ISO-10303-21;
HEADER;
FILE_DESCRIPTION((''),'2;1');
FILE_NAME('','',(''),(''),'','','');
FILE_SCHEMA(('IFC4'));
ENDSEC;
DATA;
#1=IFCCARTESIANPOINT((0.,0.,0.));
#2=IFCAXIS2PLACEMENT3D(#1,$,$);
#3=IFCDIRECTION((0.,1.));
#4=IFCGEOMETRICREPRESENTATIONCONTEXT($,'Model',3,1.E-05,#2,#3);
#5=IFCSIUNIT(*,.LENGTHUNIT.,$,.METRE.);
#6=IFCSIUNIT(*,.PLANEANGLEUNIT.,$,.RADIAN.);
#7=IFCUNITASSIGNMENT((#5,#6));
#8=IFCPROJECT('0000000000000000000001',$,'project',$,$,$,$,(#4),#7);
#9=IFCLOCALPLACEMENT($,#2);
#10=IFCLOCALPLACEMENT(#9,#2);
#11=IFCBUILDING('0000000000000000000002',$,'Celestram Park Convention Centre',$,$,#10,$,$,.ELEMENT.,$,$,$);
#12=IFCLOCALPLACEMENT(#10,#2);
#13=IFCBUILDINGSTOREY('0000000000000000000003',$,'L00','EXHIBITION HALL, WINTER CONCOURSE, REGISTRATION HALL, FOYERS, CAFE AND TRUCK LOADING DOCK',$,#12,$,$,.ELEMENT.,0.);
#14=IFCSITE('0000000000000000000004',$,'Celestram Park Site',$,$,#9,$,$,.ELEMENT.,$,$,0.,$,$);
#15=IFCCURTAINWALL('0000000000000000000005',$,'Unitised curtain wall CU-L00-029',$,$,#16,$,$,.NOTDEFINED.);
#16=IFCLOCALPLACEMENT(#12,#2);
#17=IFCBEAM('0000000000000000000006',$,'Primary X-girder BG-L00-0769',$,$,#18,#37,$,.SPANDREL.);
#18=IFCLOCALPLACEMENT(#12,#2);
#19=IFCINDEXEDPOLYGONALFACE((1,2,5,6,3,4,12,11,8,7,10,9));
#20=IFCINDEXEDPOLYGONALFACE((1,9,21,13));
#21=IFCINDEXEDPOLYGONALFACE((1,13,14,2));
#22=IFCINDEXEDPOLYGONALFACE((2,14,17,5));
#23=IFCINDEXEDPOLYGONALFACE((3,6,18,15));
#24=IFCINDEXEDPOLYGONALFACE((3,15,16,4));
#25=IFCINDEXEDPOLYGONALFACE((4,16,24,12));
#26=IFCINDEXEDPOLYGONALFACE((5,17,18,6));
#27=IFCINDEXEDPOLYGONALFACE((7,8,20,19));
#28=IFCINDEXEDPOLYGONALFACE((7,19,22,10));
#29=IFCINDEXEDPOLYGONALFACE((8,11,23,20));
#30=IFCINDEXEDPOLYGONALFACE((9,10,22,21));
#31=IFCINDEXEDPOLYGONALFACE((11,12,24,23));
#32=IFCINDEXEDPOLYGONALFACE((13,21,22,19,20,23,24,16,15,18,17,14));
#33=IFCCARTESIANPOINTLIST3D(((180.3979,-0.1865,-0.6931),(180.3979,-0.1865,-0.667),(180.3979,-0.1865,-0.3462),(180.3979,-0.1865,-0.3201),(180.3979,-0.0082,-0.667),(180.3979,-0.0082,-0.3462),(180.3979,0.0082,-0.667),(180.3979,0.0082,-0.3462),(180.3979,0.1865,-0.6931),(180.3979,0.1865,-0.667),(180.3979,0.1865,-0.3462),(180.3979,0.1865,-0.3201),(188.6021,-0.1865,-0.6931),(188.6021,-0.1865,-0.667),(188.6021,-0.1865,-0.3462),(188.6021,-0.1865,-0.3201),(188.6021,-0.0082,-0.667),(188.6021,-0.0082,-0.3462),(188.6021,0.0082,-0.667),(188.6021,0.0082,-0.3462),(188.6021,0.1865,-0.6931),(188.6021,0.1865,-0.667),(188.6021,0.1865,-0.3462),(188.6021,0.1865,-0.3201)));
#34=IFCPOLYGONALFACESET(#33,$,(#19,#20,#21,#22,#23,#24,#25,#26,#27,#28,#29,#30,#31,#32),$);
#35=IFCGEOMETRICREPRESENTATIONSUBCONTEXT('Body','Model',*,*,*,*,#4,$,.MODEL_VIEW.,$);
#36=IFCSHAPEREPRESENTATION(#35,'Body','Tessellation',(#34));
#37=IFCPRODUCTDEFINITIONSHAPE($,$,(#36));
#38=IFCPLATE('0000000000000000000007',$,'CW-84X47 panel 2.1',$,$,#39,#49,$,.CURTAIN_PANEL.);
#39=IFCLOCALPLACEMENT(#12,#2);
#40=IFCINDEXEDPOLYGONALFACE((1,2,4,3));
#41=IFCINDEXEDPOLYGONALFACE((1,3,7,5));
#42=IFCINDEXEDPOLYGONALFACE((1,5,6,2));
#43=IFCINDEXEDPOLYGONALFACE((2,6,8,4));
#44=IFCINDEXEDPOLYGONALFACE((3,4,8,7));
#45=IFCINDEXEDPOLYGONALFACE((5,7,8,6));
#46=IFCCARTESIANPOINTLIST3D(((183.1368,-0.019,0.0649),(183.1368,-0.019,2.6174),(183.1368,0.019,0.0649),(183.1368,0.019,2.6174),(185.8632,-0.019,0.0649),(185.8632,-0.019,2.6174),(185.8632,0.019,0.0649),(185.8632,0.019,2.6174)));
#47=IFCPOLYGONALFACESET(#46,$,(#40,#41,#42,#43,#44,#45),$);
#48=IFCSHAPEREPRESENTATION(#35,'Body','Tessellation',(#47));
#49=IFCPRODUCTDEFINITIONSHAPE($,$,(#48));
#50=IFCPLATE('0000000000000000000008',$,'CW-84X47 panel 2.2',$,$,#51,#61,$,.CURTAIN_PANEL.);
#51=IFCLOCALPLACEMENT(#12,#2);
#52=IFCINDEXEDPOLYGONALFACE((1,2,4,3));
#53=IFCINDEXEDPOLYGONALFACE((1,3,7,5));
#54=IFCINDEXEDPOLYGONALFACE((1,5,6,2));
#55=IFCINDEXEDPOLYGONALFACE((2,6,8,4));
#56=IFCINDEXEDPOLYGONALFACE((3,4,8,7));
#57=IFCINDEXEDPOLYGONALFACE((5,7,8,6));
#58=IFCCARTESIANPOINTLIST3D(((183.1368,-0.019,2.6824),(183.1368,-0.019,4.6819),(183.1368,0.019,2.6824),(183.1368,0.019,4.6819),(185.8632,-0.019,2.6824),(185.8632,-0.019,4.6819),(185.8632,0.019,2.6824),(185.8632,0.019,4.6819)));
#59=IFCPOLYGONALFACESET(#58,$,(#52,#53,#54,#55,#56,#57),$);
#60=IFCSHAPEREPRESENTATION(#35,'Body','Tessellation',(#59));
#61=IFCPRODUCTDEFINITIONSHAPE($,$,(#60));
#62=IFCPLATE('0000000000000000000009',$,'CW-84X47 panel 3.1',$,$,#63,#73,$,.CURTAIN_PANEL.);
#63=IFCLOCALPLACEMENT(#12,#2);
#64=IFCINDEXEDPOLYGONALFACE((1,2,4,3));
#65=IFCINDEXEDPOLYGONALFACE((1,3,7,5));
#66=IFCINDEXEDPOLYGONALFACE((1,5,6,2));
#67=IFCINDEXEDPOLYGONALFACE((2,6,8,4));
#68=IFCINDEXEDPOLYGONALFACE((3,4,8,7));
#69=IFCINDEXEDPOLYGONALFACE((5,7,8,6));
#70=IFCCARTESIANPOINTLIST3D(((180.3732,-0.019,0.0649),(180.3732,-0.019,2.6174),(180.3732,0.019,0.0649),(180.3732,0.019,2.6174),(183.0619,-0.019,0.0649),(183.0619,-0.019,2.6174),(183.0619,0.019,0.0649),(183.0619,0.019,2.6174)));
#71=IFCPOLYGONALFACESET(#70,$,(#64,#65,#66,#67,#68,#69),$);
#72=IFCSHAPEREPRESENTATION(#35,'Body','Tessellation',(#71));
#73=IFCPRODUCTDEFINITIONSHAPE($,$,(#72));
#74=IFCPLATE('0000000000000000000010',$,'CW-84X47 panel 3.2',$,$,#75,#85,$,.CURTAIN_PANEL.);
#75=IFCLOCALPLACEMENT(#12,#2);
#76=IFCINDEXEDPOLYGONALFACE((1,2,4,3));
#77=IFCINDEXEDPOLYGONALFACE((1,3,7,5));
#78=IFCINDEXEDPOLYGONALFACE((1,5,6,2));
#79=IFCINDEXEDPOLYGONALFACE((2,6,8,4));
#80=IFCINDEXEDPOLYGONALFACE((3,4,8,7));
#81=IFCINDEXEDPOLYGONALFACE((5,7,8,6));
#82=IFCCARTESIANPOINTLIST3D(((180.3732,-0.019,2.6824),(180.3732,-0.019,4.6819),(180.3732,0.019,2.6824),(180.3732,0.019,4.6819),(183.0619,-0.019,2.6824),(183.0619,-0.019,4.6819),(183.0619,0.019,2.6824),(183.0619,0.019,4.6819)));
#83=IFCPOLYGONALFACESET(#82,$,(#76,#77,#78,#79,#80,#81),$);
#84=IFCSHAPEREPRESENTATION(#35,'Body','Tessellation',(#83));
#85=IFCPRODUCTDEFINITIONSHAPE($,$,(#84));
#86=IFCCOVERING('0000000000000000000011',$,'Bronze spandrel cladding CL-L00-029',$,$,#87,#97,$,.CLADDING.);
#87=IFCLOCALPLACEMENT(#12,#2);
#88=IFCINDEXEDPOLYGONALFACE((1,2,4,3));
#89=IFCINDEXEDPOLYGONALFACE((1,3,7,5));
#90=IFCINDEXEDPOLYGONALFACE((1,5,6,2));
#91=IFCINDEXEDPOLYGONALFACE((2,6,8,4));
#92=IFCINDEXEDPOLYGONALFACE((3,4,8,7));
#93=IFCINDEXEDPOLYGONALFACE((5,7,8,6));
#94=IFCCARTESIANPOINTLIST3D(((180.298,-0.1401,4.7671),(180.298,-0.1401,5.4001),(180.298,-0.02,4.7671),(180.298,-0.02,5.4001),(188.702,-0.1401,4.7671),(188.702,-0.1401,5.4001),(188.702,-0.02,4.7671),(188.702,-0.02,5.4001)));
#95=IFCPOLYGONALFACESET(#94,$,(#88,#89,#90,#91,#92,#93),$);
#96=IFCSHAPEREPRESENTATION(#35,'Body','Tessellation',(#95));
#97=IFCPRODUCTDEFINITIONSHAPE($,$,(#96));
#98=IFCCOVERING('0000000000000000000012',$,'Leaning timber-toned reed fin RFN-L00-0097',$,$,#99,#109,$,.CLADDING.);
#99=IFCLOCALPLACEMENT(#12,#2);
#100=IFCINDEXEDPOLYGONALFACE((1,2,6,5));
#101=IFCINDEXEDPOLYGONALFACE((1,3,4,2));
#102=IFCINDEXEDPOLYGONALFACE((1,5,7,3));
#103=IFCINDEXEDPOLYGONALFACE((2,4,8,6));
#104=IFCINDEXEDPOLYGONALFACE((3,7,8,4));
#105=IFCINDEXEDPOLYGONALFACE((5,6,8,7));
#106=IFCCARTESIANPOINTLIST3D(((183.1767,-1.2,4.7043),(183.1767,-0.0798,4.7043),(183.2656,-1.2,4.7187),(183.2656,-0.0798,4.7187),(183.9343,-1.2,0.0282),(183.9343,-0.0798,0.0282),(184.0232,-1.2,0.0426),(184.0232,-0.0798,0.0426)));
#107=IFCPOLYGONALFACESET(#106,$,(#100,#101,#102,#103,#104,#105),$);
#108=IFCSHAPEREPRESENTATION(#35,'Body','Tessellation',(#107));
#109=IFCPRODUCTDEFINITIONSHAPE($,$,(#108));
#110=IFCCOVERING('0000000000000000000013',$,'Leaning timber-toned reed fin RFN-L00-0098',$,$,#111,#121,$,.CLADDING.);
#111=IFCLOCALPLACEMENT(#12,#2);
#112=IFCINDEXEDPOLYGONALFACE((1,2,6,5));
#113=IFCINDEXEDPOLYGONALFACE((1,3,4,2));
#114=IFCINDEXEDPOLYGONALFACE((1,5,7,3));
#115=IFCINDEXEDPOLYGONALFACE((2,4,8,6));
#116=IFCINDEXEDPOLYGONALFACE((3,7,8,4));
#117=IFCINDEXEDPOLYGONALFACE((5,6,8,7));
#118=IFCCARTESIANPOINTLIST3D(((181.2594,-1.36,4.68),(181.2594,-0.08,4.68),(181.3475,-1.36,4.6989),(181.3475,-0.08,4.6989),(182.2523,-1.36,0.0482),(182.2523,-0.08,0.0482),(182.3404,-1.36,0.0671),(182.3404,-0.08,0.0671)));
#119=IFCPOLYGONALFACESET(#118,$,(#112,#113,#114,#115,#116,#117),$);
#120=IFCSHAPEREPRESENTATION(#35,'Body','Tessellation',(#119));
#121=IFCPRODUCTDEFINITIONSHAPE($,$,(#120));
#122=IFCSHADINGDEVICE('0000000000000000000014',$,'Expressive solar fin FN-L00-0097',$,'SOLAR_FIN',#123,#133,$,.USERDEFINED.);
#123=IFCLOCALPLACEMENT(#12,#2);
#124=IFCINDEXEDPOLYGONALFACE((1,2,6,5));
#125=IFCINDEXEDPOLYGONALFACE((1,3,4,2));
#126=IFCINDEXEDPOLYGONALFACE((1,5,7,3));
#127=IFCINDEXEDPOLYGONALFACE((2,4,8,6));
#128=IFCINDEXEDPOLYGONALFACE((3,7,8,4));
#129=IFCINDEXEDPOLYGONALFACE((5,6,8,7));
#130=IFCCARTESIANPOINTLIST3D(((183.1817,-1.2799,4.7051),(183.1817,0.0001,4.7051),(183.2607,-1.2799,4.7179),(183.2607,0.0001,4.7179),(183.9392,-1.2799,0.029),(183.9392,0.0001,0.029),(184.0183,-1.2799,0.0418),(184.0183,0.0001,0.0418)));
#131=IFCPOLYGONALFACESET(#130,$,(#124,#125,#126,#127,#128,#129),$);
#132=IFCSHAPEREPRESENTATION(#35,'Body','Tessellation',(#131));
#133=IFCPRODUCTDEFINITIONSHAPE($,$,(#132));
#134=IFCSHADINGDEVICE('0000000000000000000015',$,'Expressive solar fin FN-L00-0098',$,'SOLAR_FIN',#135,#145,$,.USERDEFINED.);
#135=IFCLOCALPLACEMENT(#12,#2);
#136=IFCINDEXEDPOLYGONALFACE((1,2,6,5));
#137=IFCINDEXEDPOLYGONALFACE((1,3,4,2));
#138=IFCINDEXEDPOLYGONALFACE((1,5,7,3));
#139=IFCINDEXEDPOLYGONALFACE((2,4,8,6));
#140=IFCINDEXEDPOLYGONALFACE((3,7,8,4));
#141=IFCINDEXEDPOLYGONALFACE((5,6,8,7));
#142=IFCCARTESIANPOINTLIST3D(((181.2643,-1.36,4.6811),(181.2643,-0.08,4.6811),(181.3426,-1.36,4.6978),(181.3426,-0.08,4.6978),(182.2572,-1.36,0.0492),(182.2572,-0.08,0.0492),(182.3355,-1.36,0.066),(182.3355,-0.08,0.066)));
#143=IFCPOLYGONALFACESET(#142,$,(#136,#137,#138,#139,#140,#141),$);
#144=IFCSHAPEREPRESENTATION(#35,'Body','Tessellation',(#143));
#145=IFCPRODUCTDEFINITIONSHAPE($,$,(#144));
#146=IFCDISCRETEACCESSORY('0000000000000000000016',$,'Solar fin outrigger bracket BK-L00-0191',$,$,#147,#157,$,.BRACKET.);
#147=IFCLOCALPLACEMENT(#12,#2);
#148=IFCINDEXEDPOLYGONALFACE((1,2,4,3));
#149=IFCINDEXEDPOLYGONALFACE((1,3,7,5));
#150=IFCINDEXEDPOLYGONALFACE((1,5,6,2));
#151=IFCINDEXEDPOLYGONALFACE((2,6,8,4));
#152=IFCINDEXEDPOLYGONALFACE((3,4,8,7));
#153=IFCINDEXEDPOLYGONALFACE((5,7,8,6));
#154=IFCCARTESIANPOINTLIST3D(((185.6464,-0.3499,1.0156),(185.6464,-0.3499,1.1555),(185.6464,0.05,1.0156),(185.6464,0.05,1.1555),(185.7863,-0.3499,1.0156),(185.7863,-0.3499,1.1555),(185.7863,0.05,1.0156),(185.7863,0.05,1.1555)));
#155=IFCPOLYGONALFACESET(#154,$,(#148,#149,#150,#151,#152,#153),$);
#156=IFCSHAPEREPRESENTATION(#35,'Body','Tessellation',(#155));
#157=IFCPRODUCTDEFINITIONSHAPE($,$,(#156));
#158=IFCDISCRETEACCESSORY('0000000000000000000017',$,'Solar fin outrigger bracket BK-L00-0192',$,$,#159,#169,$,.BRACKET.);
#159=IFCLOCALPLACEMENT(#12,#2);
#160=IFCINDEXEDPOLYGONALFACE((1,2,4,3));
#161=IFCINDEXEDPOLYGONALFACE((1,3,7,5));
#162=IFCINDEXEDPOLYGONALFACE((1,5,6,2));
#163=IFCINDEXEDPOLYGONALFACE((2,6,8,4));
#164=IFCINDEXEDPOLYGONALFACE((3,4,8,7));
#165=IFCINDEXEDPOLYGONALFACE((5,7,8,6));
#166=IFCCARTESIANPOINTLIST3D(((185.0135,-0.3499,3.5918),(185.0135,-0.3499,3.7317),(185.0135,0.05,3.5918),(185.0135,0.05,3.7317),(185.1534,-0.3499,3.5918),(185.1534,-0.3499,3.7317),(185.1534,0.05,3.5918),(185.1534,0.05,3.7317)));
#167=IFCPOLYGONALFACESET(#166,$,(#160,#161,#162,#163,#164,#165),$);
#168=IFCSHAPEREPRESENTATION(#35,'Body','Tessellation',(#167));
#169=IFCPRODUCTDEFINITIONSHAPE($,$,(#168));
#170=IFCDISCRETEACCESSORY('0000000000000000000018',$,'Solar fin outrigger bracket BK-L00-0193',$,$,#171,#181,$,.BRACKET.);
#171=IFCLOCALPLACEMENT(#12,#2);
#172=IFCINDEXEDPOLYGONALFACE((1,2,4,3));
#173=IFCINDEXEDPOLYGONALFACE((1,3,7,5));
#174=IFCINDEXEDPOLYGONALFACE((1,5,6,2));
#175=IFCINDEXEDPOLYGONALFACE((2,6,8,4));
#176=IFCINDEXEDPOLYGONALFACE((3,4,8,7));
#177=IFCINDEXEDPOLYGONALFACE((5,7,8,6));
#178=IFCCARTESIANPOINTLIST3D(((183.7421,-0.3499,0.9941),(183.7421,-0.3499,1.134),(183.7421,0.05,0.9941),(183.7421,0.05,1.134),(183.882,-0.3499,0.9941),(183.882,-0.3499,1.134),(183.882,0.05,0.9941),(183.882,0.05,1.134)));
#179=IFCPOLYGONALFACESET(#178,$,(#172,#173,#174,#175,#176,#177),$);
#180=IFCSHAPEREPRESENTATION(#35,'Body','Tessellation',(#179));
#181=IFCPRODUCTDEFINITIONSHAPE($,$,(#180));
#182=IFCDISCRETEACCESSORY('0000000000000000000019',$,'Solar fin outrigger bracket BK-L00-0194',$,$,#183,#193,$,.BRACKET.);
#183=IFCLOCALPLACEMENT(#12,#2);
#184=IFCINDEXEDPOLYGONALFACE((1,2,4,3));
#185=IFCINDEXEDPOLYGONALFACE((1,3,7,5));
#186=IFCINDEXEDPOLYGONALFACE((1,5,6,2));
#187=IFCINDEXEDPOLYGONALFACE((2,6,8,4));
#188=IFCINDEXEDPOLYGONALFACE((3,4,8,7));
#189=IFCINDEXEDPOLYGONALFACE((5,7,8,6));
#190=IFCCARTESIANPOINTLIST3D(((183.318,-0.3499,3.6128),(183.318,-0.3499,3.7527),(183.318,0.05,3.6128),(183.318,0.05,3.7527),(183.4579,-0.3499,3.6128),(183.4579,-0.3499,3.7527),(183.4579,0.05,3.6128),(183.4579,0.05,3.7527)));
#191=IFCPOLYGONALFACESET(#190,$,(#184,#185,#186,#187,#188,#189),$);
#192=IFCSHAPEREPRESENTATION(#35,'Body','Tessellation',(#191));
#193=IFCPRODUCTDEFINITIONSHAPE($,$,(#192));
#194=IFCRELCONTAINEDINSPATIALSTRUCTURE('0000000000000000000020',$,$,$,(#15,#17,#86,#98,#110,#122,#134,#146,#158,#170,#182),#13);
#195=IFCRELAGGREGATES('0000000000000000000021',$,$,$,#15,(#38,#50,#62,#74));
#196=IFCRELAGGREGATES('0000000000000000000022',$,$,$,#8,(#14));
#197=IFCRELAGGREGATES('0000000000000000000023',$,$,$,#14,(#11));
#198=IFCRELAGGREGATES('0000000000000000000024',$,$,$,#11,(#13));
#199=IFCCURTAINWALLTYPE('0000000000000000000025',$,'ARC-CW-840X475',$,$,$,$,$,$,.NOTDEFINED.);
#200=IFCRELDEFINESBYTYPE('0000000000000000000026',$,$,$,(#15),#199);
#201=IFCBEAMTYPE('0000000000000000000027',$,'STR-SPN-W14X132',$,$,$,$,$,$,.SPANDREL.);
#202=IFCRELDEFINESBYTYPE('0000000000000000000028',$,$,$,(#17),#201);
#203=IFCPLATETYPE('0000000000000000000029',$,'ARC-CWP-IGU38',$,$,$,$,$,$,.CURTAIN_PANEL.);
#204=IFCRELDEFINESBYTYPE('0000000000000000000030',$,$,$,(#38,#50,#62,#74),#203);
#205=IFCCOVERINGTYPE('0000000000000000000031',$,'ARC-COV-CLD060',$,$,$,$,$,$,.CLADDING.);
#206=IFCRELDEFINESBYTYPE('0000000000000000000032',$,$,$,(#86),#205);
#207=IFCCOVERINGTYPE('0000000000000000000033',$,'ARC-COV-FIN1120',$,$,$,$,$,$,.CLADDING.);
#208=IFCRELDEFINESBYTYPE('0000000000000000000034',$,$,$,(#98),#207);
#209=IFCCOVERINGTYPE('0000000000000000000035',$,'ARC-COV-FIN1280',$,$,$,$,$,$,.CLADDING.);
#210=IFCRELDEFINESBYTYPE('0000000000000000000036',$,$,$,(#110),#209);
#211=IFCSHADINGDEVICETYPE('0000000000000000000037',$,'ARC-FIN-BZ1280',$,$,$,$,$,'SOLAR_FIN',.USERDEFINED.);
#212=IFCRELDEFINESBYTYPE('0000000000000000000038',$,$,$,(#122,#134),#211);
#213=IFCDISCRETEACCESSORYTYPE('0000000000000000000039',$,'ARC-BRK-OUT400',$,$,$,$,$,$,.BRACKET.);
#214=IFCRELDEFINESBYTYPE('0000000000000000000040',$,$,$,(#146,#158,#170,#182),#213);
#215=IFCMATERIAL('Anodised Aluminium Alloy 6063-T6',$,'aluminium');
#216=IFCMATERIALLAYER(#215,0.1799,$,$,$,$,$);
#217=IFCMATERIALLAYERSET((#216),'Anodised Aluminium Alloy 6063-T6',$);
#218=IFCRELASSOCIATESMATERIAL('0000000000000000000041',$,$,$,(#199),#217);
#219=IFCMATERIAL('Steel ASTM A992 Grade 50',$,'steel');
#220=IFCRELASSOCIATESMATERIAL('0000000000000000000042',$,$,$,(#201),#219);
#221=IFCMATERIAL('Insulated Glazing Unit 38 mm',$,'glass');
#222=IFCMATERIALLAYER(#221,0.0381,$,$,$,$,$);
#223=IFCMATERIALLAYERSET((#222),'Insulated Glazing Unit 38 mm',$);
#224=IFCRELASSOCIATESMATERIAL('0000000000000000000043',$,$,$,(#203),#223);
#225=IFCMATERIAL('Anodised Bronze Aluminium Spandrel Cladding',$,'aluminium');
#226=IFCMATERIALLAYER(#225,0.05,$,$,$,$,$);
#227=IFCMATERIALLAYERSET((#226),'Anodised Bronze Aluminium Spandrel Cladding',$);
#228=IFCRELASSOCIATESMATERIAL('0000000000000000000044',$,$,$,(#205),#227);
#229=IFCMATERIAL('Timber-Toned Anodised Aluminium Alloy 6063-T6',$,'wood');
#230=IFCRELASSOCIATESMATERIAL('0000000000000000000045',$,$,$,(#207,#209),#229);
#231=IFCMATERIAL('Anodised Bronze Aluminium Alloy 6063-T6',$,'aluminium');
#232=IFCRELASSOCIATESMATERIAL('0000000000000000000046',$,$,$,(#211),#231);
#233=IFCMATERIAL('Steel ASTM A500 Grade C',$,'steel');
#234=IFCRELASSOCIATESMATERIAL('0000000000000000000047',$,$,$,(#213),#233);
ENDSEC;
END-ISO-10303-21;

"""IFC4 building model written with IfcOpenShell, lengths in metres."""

from ifc_helpers import new_model, si_unit, direction, frame, origin, origin_2d, place, context, subcontext, project, spatial, rectangle, i_section, extrude, material, layer, layer_set, material_profile, profile_set, type_object, element, aggregate, save


model = new_model("IFC4")

# Units and contexts
model_context = context("Model", 3, precision=1e-05, world=origin(), true_north=direction((0.0, 1.0)))
body_context = subcontext(model_context, "Body", "Model", "MODEL_VIEW")
ifc_project = project(units=[si_unit("LENGTHUNIT", "METRE"), si_unit("PLANEANGLEUNIT", "RADIAN")], contexts=[model_context])

# Site, building, storey
site_placement = place(None, origin())
site = spatial("IfcSite", under=ifc_project, at=site_placement, Name="Celestram Park Site", CompositionType="ELEMENT", RefElevation=0.0)
building_placement = place(site_placement, origin())
building = spatial("IfcBuilding", under=site, at=building_placement, Name="Celestram Park Convention Centre", CompositionType="ELEMENT")
storey_placement = place(building_placement, origin())
storey = spatial("IfcBuildingStorey", under=building, at=storey_placement, Name="L00", Description="EXHIBITION HALL, WINTER CONCOURSE, REGISTRATION HALL, FOYERS, CAFE AND TRUCK LOADING DOCK", CompositionType="ELEMENT", Elevation=0.0)

# Curtain wall
ifc_material_1 = material(Name="Anodised Aluminium Alloy 6063-T6", Category="aluminium")
ifc_layer_1 = layer(ifc_material_1, 0.1799)
ifc_layer_set_1 = layer_set([ifc_layer_1], Name="Anodised Aluminium Alloy 6063-T6")
curtain_wall_type = type_object("IfcCurtainWallType", Name="ARC-CW-840X475", PredefinedType="NOTDEFINED", material=ifc_layer_set_1)
curtain_wall_1_placement = place(storey_placement, origin())
curtain_wall_1 = element("IfcCurtainWall", 1, at=curtain_wall_1_placement, inside=storey, type_object=curtain_wall_type, Name="Unitised curtain wall CU-L00-029", PredefinedType="NOTDEFINED")

# Beam
ifc_material_2 = material(Name="Steel ASTM A992 Grade 50", Category="steel")
ifc_material_profile_1 = material_profile(ifc_material_2, i_section(OverallWidth=0.373, OverallDepth=0.373, WebThickness=0.0164, FlangeThickness=0.0261, at=origin_2d()), Name="W14X132")
ifc_profile_set_1 = profile_set([ifc_material_profile_1], Name="Steel ASTM A992 Grade 50")
beam_type = type_object("IfcBeamType", Name="STR-SPN-W14X132", PredefinedType="SPANDREL", material=ifc_profile_set_1)
beam_placement = place(storey_placement, frame((180.3979, 0.0, -0.5066), z_axis=(1.0, 0.0, 0.0), x_axis=(0.0, 1.0, 0.0)))
element("IfcBeam", 2, at=beam_placement, inside=storey, type_object=beam_type, Name="Primary X-girder BG-L00-0769", PredefinedType="SPANDREL", context=body_context, shape_type="SweptSolid", body=[
    extrude(i_section(OverallWidth=0.373, OverallDepth=0.373, WebThickness=0.0164, FlangeThickness=0.0261, at=origin_2d()), origin(), (0.0, 0.0, 1.0), 8.2041),
])

# Plates
ifc_material_3 = material(Name="Insulated Glazing Unit 38 mm", Category="glass")
ifc_layer_2 = layer(ifc_material_3, 0.0381)
ifc_layer_set_2 = layer_set([ifc_layer_2], Name="Insulated Glazing Unit 38 mm")
plate_type = type_object("IfcPlateType", Name="ARC-CWP-IGU38", PredefinedType="CURTAIN_PANEL", material=ifc_layer_set_2)
plate_1_placement = place(storey_placement, frame((184.5, 0.0, 0.0649), z_axis=(0.0, 0.0, 1.0), x_axis=(-1.0, 0.0, 0.0)))
plate_1 = element("IfcPlate", 3, at=plate_1_placement, type_object=plate_type, Name="CW-84X47 panel 2.1", PredefinedType="CURTAIN_PANEL", context=body_context, shape_type="SweptSolid", body=[
    extrude(rectangle(XDim=2.7263, YDim=0.0381, at=origin_2d()), origin(), (0.0, 0.0, 1.0), 2.5525),
])
plate_2_placement = place(storey_placement, frame((184.5, 0.0, 2.6824), z_axis=(0.0, 0.0, 1.0), x_axis=(-1.0, 0.0, 0.0)))
plate_2 = element("IfcPlate", 4, at=plate_2_placement, type_object=plate_type, Name="CW-84X47 panel 2.2", PredefinedType="CURTAIN_PANEL", context=body_context, shape_type="SweptSolid", body=[
    extrude(rectangle(XDim=2.7263, YDim=0.0381, at=origin_2d()), origin(), (0.0, 0.0, 1.0), 1.9995),
])
plate_3_placement = place(storey_placement, frame((181.7175, 0.0, 0.0649), z_axis=(0.0, 0.0, 1.0), x_axis=(-1.0, 0.0, 0.0)))
plate_3 = element("IfcPlate", 5, at=plate_3_placement, type_object=plate_type, Name="CW-84X47 panel 3.1", PredefinedType="CURTAIN_PANEL", context=body_context, shape_type="SweptSolid", body=[
    extrude(rectangle(XDim=2.6887, YDim=0.0381, at=origin_2d()), origin(), (0.0, 0.0, 1.0), 2.5525),
])
plate_4_placement = place(storey_placement, frame((181.7175, 0.0, 2.6824), z_axis=(0.0, 0.0, 1.0), x_axis=(-1.0, 0.0, 0.0)))
plate_4 = element("IfcPlate", 6, at=plate_4_placement, type_object=plate_type, Name="CW-84X47 panel 3.2", PredefinedType="CURTAIN_PANEL", context=body_context, shape_type="SweptSolid", body=[
    extrude(rectangle(XDim=2.6887, YDim=0.0381, at=origin_2d()), origin(), (0.0, 0.0, 1.0), 1.9995),
])
aggregate(curtain_wall_1, [plate_1, plate_2, plate_3, plate_4])

# Coverings
ifc_material_4 = material(Name="Anodised Bronze Aluminium Spandrel Cladding", Category="aluminium")
ifc_layer_3 = layer(ifc_material_4, 0.05)
ifc_layer_set_3 = layer_set([ifc_layer_3], Name="Anodised Bronze Aluminium Spandrel Cladding")
covering_type_1 = type_object("IfcCoveringType", Name="ARC-COV-CLD060", PredefinedType="CLADDING", material=ifc_layer_set_3)
covering_1_placement = place(storey_placement, frame((184.5, -0.0801, 4.7671), z_axis=(0.0, 0.0, 1.0), x_axis=(-1.0, 0.0, 0.0)))
element("IfcCovering", 7, at=covering_1_placement, inside=storey, type_object=covering_type_1, Name="Bronze spandrel cladding CL-L00-029", PredefinedType="CLADDING", context=body_context, shape_type="SweptSolid", body=[
    extrude(rectangle(XDim=8.4041, YDim=0.1201, at=origin_2d()), origin(), (0.0, 0.0, 1.0), 0.6331),
])
ifc_material_5 = material(Name="Timber-Toned Anodised Aluminium Alloy 6063-T6", Category="wood")
ifc_material_profile_2 = material_profile(ifc_material_5, rectangle(XDim=1.1201, YDim=0.0901, at=origin_2d()), Name="REED1120X90")
ifc_profile_set_2 = profile_set([ifc_material_profile_2], Name="Timber-Toned Anodised Aluminium Alloy 6063-T6")
covering_type_2 = type_object("IfcCoveringType", Name="ARC-COV-FIN1120", PredefinedType="CLADDING", material=ifc_profile_set_2)
covering_2_placement = place(storey_placement, frame((183.9788, -0.6399, 0.0354), z_axis=(-0.159926, 0.0, 0.987129), x_axis=(0.0, -1.0, 0.0)))
element("IfcCovering", 8, at=covering_2_placement, inside=storey, type_object=covering_type_2, Name="Leaning timber-toned reed fin RFN-L00-0097", PredefinedType="CLADDING", context=body_context, shape_type="SweptSolid", body=[
    extrude(rectangle(XDim=1.1201, YDim=0.0901, at=origin_2d()), origin(), (0.0, 0.0, 1.0), 4.7371),
])
ifc_material_profile_3 = material_profile(ifc_material_5, rectangle(XDim=1.28, YDim=0.0901, at=origin_2d()), Name="REED1280X90")
ifc_profile_set_3 = profile_set([ifc_material_profile_3], Name="Timber-Toned Anodised Aluminium Alloy 6063-T6")
covering_type_3 = type_object("IfcCoveringType", Name="ARC-COV-FIN1280", PredefinedType="CLADDING", material=ifc_profile_set_3)
covering_3_placement = place(storey_placement, frame((182.2964, -0.72, 0.0576), z_axis=(-0.209607, 0.0, 0.977786), x_axis=(0.0, -1.0, 0.0)))
element("IfcCovering", 9, at=covering_3_placement, inside=storey, type_object=covering_type_3, Name="Leaning timber-toned reed fin RFN-L00-0098", PredefinedType="CLADDING", context=body_context, shape_type="SweptSolid", body=[
    extrude(rectangle(XDim=1.28, YDim=0.0901, at=origin_2d()), origin(), (0.0, 0.0, 1.0), 4.7371),
])

# Shading devices
ifc_material_6 = material(Name="Anodised Bronze Aluminium Alloy 6063-T6", Category="aluminium")
ifc_material_profile_4 = material_profile(ifc_material_6, rectangle(XDim=1.28, YDim=0.0801, at=origin_2d()), Name="FIN1280X80")
ifc_profile_set_4 = profile_set([ifc_material_profile_4], Name="Anodised Bronze Aluminium Alloy 6063-T6")
shading_device_type = type_object("IfcShadingDeviceType", Name="ARC-FIN-BZ1280", ElementType="SOLAR_FIN", PredefinedType="USERDEFINED", material=ifc_profile_set_4)
for number, where, z_axis, x_axis, name in (
    (10, (183.9788, -0.6399, 0.0354), (-0.159926, 0.0, 0.987129), (0.0, -1.0, 0.0), "Expressive solar fin FN-L00-0097"),
    (11, (182.2964, -0.72, 0.0576), (-0.209607, 0.0, 0.977786), (0.0, -1.0, 0.0), "Expressive solar fin FN-L00-0098"),
):
    element("IfcShadingDevice", number, at=place(storey_placement, frame(where, z_axis=z_axis, x_axis=x_axis)), inside=storey, type_object=shading_device_type, Name=name, ObjectType="SOLAR_FIN", PredefinedType="USERDEFINED", context=body_context, shape_type="SweptSolid", body=[
        extrude(rectangle(XDim=1.28, YDim=0.0801, at=origin_2d()), origin(), (0.0, 0.0, 1.0), 4.7371),
    ])

# Discrete accessories
ifc_material_7 = material(Name="Steel ASTM A500 Grade C", Category="steel")
discrete_accessory_type = type_object("IfcDiscreteAccessoryType", Name="ARC-BRK-OUT400", PredefinedType="BRACKET", material=ifc_material_7)
for number, where, z_axis, x_axis, name in (
    (12, (185.7163, -0.1499, 1.0156), (0.0, 0.0, 1.0), (0.0, -1.0, 0.0), "Solar fin outrigger bracket BK-L00-0191"),
    (13, (185.0835, -0.1499, 3.5918), (0.0, 0.0, 1.0), (0.0, -1.0, 0.0), "Solar fin outrigger bracket BK-L00-0192"),
    (14, (183.812, -0.1499, 0.9941), (0.0, 0.0, 1.0), (0.0, -1.0, 0.0), "Solar fin outrigger bracket BK-L00-0193"),
    (15, (183.3879, -0.1499, 3.6128), (0.0, 0.0, 1.0), (0.0, -1.0, 0.0), "Solar fin outrigger bracket BK-L00-0194"),
):
    element("IfcDiscreteAccessory", number, at=place(storey_placement, frame(where, z_axis=z_axis, x_axis=x_axis)), inside=storey, type_object=discrete_accessory_type, Name=name, PredefinedType="BRACKET", context=body_context, shape_type="SweptSolid", body=[
        extrude(rectangle(XDim=0.3999, YDim=0.1399, at=origin_2d()), origin(), (0.0, 0.0, 1.0), 0.1399),
    ])

save(model, "model.ifc")
